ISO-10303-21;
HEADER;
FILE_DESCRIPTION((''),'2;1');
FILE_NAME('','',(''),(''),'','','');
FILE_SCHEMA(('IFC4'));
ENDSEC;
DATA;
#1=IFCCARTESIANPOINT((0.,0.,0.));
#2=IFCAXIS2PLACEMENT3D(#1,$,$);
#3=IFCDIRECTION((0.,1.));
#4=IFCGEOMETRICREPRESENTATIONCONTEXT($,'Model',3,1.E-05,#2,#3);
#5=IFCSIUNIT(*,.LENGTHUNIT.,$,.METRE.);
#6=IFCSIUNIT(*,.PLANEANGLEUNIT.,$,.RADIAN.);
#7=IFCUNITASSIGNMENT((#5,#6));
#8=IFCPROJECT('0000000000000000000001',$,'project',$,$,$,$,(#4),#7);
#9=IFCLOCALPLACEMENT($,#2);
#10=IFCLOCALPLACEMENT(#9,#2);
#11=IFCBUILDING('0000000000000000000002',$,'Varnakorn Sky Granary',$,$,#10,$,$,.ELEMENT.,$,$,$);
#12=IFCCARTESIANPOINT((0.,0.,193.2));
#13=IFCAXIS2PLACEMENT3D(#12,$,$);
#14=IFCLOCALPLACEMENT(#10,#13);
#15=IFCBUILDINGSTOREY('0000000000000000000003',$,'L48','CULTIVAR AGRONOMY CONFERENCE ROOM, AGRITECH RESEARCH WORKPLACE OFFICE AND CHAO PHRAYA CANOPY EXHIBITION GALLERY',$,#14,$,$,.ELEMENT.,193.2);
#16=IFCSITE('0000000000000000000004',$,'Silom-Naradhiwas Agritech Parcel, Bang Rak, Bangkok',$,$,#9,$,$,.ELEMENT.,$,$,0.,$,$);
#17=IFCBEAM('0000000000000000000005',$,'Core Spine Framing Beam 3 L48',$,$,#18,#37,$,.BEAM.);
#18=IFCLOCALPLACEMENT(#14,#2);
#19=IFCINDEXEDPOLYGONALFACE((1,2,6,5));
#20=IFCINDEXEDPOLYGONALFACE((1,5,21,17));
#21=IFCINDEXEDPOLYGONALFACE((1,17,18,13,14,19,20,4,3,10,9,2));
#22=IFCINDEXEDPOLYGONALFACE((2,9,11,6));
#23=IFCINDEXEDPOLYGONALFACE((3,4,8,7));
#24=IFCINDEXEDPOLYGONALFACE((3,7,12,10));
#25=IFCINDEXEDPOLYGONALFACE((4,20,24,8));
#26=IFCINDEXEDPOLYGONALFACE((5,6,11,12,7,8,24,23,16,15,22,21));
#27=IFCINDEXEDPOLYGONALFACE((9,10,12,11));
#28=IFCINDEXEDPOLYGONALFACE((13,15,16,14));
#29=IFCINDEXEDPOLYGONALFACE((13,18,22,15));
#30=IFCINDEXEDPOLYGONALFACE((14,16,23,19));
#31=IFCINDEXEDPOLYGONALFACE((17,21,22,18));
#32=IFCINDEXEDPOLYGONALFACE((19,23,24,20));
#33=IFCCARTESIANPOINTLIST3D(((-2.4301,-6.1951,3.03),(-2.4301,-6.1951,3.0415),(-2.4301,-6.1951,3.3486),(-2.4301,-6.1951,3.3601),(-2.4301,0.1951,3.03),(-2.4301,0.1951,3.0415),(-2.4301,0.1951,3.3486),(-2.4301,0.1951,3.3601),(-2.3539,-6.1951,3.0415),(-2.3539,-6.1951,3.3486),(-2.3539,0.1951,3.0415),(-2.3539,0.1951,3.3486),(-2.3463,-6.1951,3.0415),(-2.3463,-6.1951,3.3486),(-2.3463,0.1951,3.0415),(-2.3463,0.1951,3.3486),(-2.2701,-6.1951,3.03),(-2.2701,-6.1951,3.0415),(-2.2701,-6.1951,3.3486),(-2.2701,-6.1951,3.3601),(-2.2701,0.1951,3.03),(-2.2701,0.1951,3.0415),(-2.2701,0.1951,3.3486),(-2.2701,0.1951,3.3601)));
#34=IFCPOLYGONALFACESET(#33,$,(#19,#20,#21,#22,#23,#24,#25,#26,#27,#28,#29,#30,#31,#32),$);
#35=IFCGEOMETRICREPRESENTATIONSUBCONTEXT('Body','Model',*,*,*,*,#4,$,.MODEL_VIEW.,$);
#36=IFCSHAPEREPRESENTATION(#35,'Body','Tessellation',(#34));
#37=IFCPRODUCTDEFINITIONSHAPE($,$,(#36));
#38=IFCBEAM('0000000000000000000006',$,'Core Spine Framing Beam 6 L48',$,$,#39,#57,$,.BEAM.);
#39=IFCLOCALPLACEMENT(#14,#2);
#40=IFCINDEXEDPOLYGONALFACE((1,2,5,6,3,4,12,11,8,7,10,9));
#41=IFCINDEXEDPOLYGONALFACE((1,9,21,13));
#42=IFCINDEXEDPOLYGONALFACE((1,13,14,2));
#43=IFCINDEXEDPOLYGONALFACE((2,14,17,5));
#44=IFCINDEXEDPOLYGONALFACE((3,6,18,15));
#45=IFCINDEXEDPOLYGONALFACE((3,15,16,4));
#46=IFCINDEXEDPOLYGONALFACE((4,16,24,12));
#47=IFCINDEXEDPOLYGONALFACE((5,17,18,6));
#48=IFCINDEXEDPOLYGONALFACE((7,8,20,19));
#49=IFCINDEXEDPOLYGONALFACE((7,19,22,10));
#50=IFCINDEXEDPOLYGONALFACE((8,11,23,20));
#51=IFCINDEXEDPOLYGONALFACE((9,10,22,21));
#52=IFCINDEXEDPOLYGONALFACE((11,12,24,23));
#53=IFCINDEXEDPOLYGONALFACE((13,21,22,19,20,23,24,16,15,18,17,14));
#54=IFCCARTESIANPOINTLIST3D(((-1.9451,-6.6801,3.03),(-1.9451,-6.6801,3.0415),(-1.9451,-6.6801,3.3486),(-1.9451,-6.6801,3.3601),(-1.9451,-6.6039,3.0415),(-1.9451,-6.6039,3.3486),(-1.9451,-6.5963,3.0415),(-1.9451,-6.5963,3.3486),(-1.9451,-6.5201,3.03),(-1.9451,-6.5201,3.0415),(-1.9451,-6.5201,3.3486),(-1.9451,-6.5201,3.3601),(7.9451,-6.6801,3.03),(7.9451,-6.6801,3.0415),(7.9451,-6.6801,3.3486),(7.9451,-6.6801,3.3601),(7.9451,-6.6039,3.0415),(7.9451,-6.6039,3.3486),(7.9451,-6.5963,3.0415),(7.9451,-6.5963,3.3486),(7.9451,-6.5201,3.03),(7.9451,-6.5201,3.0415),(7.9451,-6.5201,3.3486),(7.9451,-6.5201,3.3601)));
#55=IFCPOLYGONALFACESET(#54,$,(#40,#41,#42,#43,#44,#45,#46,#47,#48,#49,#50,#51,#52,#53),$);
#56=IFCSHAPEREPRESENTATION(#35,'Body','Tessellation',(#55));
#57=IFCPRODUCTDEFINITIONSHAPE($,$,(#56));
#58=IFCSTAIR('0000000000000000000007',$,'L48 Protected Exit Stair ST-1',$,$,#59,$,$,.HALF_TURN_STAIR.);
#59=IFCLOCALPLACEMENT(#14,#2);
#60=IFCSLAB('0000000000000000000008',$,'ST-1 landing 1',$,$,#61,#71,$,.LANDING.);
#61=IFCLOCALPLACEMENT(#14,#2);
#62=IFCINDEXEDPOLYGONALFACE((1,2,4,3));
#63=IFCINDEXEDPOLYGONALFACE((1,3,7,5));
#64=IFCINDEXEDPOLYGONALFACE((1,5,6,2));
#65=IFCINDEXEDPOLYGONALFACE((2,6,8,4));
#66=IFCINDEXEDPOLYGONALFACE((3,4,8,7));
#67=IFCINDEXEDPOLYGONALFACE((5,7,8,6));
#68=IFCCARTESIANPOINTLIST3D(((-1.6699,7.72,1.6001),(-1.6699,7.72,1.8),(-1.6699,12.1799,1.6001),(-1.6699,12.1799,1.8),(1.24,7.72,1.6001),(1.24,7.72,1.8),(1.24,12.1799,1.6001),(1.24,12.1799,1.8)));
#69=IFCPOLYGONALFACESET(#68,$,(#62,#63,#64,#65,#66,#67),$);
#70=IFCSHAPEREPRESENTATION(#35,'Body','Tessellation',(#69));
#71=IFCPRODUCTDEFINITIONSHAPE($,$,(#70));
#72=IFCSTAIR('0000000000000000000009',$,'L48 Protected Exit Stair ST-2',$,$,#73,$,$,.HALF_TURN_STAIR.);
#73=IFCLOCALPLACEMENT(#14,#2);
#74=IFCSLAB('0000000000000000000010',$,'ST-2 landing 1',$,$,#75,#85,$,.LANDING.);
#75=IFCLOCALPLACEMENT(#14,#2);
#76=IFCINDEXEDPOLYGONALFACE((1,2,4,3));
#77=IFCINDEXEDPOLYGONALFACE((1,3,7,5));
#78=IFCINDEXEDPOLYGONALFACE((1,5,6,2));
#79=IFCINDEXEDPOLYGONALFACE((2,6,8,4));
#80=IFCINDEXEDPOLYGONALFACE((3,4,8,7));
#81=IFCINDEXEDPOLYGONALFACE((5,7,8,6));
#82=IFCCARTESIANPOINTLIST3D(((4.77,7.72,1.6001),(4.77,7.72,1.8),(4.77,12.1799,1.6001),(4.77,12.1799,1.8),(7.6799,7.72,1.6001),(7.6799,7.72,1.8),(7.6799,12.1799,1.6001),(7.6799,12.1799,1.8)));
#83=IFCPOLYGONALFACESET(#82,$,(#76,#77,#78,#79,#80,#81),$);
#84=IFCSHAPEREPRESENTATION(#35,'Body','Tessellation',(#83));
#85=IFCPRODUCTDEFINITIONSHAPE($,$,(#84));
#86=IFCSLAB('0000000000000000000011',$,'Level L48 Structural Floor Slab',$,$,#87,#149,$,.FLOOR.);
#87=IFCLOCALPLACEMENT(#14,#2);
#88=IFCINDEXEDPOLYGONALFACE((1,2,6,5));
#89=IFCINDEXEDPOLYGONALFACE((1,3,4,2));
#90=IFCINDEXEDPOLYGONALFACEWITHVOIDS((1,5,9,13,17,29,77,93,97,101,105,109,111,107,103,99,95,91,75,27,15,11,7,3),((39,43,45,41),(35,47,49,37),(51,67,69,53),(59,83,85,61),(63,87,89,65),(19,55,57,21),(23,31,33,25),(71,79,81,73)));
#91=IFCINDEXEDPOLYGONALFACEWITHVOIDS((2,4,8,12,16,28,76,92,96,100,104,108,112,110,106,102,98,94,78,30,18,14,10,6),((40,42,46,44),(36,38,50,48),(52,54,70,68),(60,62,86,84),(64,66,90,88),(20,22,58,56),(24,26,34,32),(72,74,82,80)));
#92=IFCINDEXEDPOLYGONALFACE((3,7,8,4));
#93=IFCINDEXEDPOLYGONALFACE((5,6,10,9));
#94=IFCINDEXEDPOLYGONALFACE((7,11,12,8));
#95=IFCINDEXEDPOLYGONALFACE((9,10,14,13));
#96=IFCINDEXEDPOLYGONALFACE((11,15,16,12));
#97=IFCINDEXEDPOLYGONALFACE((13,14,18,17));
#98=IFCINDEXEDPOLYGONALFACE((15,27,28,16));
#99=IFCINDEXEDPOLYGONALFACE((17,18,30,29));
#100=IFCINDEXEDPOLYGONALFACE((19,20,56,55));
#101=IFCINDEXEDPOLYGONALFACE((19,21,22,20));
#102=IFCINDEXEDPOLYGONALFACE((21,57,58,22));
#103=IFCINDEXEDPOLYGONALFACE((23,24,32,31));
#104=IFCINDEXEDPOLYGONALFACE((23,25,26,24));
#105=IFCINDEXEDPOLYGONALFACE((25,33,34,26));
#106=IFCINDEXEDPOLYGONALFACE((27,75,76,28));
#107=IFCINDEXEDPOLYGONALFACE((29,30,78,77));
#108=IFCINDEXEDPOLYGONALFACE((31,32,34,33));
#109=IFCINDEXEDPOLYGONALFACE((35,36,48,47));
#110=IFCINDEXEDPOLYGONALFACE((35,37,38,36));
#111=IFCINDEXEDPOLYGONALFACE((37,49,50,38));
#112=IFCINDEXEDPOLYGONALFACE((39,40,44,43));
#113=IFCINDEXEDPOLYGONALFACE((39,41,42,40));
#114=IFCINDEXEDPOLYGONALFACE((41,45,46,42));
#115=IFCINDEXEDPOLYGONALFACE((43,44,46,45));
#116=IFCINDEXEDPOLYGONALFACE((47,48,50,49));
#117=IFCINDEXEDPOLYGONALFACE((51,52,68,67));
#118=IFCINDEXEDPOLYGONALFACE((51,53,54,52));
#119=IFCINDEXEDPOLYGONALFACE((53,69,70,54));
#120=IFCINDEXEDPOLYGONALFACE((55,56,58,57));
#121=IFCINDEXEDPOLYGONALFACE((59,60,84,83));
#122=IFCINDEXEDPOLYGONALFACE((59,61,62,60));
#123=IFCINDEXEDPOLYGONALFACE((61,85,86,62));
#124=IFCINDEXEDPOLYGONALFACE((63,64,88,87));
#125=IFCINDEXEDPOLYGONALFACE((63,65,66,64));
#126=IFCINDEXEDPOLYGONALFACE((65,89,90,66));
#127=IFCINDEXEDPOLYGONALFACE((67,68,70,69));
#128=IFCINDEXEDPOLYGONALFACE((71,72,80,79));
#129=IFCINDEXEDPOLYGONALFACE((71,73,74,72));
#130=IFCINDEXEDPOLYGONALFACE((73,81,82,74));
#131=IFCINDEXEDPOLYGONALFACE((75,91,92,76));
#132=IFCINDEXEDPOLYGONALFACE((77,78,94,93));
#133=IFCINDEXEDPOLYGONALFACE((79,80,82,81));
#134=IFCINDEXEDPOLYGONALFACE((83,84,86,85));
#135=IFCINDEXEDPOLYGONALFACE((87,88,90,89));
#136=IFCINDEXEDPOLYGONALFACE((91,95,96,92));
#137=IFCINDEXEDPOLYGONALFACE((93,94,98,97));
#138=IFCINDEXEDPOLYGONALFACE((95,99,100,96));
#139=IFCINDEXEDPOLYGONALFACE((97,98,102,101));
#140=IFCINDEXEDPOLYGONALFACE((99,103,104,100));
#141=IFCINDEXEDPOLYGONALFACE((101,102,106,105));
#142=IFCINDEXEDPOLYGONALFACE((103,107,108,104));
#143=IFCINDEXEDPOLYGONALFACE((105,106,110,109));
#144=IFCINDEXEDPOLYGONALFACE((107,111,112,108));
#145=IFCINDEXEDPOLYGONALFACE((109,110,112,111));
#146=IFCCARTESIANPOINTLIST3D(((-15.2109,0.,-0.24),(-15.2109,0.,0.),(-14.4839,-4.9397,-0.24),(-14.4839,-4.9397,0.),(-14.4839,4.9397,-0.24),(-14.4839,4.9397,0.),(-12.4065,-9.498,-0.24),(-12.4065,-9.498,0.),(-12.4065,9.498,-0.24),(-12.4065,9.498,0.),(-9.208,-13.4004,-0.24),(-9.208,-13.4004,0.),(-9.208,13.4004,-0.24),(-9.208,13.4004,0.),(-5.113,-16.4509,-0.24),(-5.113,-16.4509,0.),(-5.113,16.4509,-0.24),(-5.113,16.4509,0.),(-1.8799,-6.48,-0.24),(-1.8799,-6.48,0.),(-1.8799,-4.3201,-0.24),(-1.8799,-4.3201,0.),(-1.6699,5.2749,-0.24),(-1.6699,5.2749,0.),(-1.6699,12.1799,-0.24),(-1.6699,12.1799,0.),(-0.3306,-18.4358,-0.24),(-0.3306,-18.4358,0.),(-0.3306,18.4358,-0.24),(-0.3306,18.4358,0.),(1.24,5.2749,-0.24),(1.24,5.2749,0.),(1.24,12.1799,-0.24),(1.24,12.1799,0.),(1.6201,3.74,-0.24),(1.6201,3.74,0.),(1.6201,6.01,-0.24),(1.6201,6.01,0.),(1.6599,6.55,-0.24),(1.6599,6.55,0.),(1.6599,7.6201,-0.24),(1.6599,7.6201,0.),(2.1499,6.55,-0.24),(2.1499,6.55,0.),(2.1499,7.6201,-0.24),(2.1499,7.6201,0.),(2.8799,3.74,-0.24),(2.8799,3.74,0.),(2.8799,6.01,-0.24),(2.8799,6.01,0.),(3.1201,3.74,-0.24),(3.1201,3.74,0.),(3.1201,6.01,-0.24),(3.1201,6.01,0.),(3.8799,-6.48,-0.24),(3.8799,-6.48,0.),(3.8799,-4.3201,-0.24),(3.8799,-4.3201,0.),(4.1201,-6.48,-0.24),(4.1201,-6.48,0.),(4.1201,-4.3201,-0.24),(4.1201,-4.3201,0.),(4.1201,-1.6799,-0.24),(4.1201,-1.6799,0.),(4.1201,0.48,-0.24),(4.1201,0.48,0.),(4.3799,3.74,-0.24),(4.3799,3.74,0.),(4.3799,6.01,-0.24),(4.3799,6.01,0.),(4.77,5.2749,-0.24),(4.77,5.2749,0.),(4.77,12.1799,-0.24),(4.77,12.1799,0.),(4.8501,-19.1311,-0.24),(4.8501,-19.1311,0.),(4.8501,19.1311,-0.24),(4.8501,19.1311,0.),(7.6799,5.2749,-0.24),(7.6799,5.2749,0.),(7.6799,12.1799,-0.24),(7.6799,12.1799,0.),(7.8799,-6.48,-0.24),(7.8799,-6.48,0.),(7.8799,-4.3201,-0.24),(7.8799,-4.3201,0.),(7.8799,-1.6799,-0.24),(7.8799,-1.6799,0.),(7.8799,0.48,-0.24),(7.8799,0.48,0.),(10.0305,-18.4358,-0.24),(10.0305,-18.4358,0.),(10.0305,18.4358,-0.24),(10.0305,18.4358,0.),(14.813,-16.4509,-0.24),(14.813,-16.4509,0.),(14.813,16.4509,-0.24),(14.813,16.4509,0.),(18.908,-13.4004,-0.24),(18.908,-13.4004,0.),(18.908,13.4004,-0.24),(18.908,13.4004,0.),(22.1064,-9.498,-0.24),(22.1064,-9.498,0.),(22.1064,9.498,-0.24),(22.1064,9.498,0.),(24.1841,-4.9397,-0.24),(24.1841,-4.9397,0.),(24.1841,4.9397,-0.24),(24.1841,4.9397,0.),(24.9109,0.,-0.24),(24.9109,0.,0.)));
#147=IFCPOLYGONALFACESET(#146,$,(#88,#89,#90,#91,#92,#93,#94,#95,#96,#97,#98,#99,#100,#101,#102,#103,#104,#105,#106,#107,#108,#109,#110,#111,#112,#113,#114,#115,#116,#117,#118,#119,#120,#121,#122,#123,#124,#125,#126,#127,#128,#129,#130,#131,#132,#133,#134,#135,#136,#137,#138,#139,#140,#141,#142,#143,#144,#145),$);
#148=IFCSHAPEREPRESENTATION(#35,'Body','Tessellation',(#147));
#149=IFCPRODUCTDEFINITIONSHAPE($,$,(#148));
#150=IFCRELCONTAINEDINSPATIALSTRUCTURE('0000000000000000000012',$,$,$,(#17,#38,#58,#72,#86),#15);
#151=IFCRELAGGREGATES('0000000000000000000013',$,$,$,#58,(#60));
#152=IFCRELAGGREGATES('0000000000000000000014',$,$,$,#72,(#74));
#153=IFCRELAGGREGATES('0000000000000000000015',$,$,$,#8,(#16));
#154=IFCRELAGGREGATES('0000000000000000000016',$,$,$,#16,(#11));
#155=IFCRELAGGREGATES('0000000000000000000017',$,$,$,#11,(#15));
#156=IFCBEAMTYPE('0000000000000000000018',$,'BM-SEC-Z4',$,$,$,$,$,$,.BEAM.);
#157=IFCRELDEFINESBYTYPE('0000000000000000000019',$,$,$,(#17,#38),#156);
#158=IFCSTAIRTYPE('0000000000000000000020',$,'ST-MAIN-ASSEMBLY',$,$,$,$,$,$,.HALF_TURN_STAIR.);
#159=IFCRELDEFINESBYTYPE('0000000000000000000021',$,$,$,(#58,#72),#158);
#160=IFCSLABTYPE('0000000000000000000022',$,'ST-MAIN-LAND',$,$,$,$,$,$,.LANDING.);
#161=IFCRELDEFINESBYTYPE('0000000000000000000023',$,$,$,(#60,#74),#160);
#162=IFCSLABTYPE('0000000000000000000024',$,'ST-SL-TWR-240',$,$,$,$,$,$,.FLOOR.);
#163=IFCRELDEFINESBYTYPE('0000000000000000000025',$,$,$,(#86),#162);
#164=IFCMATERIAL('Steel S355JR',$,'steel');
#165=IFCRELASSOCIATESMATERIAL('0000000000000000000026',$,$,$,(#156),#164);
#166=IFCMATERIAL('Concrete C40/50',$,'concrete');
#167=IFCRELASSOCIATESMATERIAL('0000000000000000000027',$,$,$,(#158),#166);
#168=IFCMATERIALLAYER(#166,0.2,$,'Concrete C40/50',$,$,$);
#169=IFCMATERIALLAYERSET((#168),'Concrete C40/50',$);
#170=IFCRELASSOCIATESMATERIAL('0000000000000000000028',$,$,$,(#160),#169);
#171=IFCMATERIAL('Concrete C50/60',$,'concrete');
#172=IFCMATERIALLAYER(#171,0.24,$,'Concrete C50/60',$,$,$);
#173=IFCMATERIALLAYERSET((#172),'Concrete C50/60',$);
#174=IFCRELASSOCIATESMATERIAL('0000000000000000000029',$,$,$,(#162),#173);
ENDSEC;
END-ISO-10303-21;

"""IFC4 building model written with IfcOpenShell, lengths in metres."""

from ifc_helpers import new_model, si_unit, direction, frame, origin, origin_2d, place, context, subcontext, project, spatial, polyline, i_section, outline, extrude, material, layer, layer_set, material_profile, profile_set, type_object, element, aggregate, save


model = new_model("IFC4")

# Units and contexts
model_context = context("Model", 3, precision=1e-05, world=origin(), true_north=direction((0.0, 1.0)))
body_context = subcontext(model_context, "Body", "Model", "MODEL_VIEW")
ifc_project = project(units=[si_unit("LENGTHUNIT", "METRE"), si_unit("PLANEANGLEUNIT", "RADIAN")], contexts=[model_context])

# Site, building, storey
site_placement = place(None, origin())
site = spatial("IfcSite", under=ifc_project, at=site_placement, Name="Silom-Naradhiwas Agritech Parcel, Bang Rak, Bangkok", CompositionType="ELEMENT", RefElevation=0.0)
building_placement = place(site_placement, origin())
building = spatial("IfcBuilding", under=site, at=building_placement, Name="Varnakorn Sky Granary", CompositionType="ELEMENT")
storey_placement = place(building_placement, frame((0.0, 0.0, 193.2)))
storey = spatial("IfcBuildingStorey", under=building, at=storey_placement, Name="L48", Description="CULTIVAR AGRONOMY CONFERENCE ROOM, AGRITECH RESEARCH WORKPLACE OFFICE AND CHAO PHRAYA CANOPY EXHIBITION GALLERY", CompositionType="ELEMENT", Elevation=193.2)

# Beams
ifc_material_1 = material(Name="Steel S355JR", Category="steel")
ifc_material_profile = material_profile(ifc_material_1, i_section(OverallWidth=0.1599, OverallDepth=0.3301, WebThickness=0.0076, FlangeThickness=0.0115, at=origin_2d()), Name="IPE 330")
ifc_profile_set = profile_set([ifc_material_profile], Name="Steel S355JR")
beam_type = type_object("IfcBeamType", Name="BM-SEC-Z4", PredefinedType="BEAM", material=ifc_profile_set)
beam_1_placement = place(storey_placement, frame((-2.3501, 0.1951, 3.1951), z_axis=(0.0, -1.0, 0.0), x_axis=(1.0, 0.0, 0.0)))
element("IfcBeam", 1, at=beam_1_placement, inside=storey, type_object=beam_type, Name="Core Spine Framing Beam 3 L48", PredefinedType="BEAM", context=body_context, shape_type="SweptSolid", body=[
    extrude(i_section(OverallWidth=0.1599, OverallDepth=0.3301, WebThickness=0.0076, FlangeThickness=0.0115, at=origin_2d()), origin(), (0.0, 0.0, 1.0), 6.3901),
])
beam_2_placement = place(storey_placement, frame((-1.9451, -6.6001, 3.1951), z_axis=(1.0, 0.0, 0.0), x_axis=(0.0, 1.0, 0.0)))
element("IfcBeam", 2, at=beam_2_placement, inside=storey, type_object=beam_type, Name="Core Spine Framing Beam 6 L48", PredefinedType="BEAM", context=body_context, shape_type="SweptSolid", body=[
    extrude(i_section(OverallWidth=0.1599, OverallDepth=0.3301, WebThickness=0.0076, FlangeThickness=0.0115, at=origin_2d()), origin(), (0.0, 0.0, 1.0), 9.8901),
])

# Stairs, slabs
ifc_material_2 = material(Name="Concrete C40/50", Category="concrete")
stair_type = type_object("IfcStairType", Name="ST-MAIN-ASSEMBLY", PredefinedType="HALF_TURN_STAIR", material=ifc_material_2)
stair_1_placement = place(storey_placement, origin())
stair_1 = element("IfcStair", 3, at=stair_1_placement, inside=storey, type_object=stair_type, Name="L48 Protected Exit Stair ST-1", PredefinedType="HALF_TURN_STAIR")
ifc_layer_1 = layer(ifc_material_2, 0.2, Name="Concrete C40/50")
ifc_layer_set_1 = layer_set([ifc_layer_1], Name="Concrete C40/50")
slab_type_1 = type_object("IfcSlabType", Name="ST-MAIN-LAND", PredefinedType="LANDING", material=ifc_layer_set_1)
slab_1_placement = place(storey_placement, frame((0.0, 0.0, 1.6001)))
slab_1 = element("IfcSlab", 4, at=slab_1_placement, type_object=slab_type_1, Name="ST-1 landing 1", PredefinedType="LANDING", context=body_context, shape_type="SweptSolid", body=[
    extrude(outline(polyline([(1.24, 7.72), (1.24, 12.1799), (-1.6699, 12.1799), (-1.6699, 7.72), (1.24, 7.72)])), origin(), (0.0, 0.0, 1.0), 0.2),
])
aggregate(stair_1, [slab_1])
stair_2_placement = place(storey_placement, origin())
stair_2 = element("IfcStair", 5, at=stair_2_placement, inside=storey, type_object=stair_type, Name="L48 Protected Exit Stair ST-2", PredefinedType="HALF_TURN_STAIR")
slab_2_placement = place(storey_placement, frame((0.0, 0.0, 1.6001)))
slab_2 = element("IfcSlab", 6, at=slab_2_placement, type_object=slab_type_1, Name="ST-2 landing 1", PredefinedType="LANDING", context=body_context, shape_type="SweptSolid", body=[
    extrude(outline(polyline([(7.6799, 7.72), (7.6799, 12.1799), (4.77, 12.1799), (4.77, 7.72), (7.6799, 7.72)])), origin(), (0.0, 0.0, 1.0), 0.2),
])
aggregate(stair_2, [slab_2])

# Slab
ifc_material_3 = material(Name="Concrete C50/60", Category="concrete")
ifc_layer_2 = layer(ifc_material_3, 0.24, Name="Concrete C50/60")
ifc_layer_set_2 = layer_set([ifc_layer_2], Name="Concrete C50/60")
slab_type_2 = type_object("IfcSlabType", Name="ST-SL-TWR-240", PredefinedType="FLOOR", material=ifc_layer_set_2)
slab_3_placement = place(storey_placement, frame((0.0, 0.0, -0.24)))
element("IfcSlab", 7, at=slab_3_placement, inside=storey, type_object=slab_type_2, Name="Level L48 Structural Floor Slab", PredefinedType="FLOOR", context=body_context, shape_type="SweptSolid", body=[
    extrude(outline(polyline([(24.9109, 0.0), (24.1841, 4.9397), (22.1064, 9.498), (18.908, 13.4004), (14.813, 16.4509), (10.0305, 18.4358), (4.8501, 19.1311), (-0.3306, 18.4358), (-5.113, 16.4509), (-9.208, 13.4004), (-12.4065, 9.498), (-14.4839, 4.9397), (-15.2109, 0.0), (-14.4839, -4.9397), (-12.4065, -9.498), (-9.208, -13.4004), (-5.113, -16.4509), (-0.3306, -18.4358), (4.8501, -19.1311), (10.0305, -18.4358), (14.813, -16.4509), (18.908, -13.4004), (22.1064, -9.498), (24.1841, -4.9397), (24.9109, 0.0)]), holes=[polyline([(1.24, 5.2749), (1.24, 12.1799), (-1.6699, 12.1799), (-1.6699, 5.2749), (1.24, 5.2749)]), polyline([(7.6799, 5.2749), (7.6799, 12.1799), (4.77, 12.1799), (4.77, 5.2749), (7.6799, 5.2749)]), polyline([(1.6599, 6.55), (2.1499, 6.55), (2.1499, 7.6201), (1.6599, 7.6201), (1.6599, 6.55)]), polyline([(1.6201, 3.74), (2.8799, 3.74), (2.8799, 6.01), (1.6201, 6.01), (1.6201, 3.74)]), polyline([(3.1201, 3.74), (4.3799, 3.74), (4.3799, 6.01), (3.1201, 6.01), (3.1201, 3.74)]), polyline([(4.1201, -1.6799), (7.8799, -1.6799), (7.8799, 0.48), (4.1201, 0.48), (4.1201, -1.6799)]), polyline([(-1.8799, -6.48), (3.8799, -6.48), (3.8799, -4.3201), (-1.8799, -4.3201), (-1.8799, -6.48)]), polyline([(4.1201, -6.48), (7.8799, -6.48), (7.8799, -4.3201), (4.1201, -4.3201), (4.1201, -6.48)])]), origin(), (0.0, 0.0, 1.0), 0.24),
])

save(model, "model.ifc")
